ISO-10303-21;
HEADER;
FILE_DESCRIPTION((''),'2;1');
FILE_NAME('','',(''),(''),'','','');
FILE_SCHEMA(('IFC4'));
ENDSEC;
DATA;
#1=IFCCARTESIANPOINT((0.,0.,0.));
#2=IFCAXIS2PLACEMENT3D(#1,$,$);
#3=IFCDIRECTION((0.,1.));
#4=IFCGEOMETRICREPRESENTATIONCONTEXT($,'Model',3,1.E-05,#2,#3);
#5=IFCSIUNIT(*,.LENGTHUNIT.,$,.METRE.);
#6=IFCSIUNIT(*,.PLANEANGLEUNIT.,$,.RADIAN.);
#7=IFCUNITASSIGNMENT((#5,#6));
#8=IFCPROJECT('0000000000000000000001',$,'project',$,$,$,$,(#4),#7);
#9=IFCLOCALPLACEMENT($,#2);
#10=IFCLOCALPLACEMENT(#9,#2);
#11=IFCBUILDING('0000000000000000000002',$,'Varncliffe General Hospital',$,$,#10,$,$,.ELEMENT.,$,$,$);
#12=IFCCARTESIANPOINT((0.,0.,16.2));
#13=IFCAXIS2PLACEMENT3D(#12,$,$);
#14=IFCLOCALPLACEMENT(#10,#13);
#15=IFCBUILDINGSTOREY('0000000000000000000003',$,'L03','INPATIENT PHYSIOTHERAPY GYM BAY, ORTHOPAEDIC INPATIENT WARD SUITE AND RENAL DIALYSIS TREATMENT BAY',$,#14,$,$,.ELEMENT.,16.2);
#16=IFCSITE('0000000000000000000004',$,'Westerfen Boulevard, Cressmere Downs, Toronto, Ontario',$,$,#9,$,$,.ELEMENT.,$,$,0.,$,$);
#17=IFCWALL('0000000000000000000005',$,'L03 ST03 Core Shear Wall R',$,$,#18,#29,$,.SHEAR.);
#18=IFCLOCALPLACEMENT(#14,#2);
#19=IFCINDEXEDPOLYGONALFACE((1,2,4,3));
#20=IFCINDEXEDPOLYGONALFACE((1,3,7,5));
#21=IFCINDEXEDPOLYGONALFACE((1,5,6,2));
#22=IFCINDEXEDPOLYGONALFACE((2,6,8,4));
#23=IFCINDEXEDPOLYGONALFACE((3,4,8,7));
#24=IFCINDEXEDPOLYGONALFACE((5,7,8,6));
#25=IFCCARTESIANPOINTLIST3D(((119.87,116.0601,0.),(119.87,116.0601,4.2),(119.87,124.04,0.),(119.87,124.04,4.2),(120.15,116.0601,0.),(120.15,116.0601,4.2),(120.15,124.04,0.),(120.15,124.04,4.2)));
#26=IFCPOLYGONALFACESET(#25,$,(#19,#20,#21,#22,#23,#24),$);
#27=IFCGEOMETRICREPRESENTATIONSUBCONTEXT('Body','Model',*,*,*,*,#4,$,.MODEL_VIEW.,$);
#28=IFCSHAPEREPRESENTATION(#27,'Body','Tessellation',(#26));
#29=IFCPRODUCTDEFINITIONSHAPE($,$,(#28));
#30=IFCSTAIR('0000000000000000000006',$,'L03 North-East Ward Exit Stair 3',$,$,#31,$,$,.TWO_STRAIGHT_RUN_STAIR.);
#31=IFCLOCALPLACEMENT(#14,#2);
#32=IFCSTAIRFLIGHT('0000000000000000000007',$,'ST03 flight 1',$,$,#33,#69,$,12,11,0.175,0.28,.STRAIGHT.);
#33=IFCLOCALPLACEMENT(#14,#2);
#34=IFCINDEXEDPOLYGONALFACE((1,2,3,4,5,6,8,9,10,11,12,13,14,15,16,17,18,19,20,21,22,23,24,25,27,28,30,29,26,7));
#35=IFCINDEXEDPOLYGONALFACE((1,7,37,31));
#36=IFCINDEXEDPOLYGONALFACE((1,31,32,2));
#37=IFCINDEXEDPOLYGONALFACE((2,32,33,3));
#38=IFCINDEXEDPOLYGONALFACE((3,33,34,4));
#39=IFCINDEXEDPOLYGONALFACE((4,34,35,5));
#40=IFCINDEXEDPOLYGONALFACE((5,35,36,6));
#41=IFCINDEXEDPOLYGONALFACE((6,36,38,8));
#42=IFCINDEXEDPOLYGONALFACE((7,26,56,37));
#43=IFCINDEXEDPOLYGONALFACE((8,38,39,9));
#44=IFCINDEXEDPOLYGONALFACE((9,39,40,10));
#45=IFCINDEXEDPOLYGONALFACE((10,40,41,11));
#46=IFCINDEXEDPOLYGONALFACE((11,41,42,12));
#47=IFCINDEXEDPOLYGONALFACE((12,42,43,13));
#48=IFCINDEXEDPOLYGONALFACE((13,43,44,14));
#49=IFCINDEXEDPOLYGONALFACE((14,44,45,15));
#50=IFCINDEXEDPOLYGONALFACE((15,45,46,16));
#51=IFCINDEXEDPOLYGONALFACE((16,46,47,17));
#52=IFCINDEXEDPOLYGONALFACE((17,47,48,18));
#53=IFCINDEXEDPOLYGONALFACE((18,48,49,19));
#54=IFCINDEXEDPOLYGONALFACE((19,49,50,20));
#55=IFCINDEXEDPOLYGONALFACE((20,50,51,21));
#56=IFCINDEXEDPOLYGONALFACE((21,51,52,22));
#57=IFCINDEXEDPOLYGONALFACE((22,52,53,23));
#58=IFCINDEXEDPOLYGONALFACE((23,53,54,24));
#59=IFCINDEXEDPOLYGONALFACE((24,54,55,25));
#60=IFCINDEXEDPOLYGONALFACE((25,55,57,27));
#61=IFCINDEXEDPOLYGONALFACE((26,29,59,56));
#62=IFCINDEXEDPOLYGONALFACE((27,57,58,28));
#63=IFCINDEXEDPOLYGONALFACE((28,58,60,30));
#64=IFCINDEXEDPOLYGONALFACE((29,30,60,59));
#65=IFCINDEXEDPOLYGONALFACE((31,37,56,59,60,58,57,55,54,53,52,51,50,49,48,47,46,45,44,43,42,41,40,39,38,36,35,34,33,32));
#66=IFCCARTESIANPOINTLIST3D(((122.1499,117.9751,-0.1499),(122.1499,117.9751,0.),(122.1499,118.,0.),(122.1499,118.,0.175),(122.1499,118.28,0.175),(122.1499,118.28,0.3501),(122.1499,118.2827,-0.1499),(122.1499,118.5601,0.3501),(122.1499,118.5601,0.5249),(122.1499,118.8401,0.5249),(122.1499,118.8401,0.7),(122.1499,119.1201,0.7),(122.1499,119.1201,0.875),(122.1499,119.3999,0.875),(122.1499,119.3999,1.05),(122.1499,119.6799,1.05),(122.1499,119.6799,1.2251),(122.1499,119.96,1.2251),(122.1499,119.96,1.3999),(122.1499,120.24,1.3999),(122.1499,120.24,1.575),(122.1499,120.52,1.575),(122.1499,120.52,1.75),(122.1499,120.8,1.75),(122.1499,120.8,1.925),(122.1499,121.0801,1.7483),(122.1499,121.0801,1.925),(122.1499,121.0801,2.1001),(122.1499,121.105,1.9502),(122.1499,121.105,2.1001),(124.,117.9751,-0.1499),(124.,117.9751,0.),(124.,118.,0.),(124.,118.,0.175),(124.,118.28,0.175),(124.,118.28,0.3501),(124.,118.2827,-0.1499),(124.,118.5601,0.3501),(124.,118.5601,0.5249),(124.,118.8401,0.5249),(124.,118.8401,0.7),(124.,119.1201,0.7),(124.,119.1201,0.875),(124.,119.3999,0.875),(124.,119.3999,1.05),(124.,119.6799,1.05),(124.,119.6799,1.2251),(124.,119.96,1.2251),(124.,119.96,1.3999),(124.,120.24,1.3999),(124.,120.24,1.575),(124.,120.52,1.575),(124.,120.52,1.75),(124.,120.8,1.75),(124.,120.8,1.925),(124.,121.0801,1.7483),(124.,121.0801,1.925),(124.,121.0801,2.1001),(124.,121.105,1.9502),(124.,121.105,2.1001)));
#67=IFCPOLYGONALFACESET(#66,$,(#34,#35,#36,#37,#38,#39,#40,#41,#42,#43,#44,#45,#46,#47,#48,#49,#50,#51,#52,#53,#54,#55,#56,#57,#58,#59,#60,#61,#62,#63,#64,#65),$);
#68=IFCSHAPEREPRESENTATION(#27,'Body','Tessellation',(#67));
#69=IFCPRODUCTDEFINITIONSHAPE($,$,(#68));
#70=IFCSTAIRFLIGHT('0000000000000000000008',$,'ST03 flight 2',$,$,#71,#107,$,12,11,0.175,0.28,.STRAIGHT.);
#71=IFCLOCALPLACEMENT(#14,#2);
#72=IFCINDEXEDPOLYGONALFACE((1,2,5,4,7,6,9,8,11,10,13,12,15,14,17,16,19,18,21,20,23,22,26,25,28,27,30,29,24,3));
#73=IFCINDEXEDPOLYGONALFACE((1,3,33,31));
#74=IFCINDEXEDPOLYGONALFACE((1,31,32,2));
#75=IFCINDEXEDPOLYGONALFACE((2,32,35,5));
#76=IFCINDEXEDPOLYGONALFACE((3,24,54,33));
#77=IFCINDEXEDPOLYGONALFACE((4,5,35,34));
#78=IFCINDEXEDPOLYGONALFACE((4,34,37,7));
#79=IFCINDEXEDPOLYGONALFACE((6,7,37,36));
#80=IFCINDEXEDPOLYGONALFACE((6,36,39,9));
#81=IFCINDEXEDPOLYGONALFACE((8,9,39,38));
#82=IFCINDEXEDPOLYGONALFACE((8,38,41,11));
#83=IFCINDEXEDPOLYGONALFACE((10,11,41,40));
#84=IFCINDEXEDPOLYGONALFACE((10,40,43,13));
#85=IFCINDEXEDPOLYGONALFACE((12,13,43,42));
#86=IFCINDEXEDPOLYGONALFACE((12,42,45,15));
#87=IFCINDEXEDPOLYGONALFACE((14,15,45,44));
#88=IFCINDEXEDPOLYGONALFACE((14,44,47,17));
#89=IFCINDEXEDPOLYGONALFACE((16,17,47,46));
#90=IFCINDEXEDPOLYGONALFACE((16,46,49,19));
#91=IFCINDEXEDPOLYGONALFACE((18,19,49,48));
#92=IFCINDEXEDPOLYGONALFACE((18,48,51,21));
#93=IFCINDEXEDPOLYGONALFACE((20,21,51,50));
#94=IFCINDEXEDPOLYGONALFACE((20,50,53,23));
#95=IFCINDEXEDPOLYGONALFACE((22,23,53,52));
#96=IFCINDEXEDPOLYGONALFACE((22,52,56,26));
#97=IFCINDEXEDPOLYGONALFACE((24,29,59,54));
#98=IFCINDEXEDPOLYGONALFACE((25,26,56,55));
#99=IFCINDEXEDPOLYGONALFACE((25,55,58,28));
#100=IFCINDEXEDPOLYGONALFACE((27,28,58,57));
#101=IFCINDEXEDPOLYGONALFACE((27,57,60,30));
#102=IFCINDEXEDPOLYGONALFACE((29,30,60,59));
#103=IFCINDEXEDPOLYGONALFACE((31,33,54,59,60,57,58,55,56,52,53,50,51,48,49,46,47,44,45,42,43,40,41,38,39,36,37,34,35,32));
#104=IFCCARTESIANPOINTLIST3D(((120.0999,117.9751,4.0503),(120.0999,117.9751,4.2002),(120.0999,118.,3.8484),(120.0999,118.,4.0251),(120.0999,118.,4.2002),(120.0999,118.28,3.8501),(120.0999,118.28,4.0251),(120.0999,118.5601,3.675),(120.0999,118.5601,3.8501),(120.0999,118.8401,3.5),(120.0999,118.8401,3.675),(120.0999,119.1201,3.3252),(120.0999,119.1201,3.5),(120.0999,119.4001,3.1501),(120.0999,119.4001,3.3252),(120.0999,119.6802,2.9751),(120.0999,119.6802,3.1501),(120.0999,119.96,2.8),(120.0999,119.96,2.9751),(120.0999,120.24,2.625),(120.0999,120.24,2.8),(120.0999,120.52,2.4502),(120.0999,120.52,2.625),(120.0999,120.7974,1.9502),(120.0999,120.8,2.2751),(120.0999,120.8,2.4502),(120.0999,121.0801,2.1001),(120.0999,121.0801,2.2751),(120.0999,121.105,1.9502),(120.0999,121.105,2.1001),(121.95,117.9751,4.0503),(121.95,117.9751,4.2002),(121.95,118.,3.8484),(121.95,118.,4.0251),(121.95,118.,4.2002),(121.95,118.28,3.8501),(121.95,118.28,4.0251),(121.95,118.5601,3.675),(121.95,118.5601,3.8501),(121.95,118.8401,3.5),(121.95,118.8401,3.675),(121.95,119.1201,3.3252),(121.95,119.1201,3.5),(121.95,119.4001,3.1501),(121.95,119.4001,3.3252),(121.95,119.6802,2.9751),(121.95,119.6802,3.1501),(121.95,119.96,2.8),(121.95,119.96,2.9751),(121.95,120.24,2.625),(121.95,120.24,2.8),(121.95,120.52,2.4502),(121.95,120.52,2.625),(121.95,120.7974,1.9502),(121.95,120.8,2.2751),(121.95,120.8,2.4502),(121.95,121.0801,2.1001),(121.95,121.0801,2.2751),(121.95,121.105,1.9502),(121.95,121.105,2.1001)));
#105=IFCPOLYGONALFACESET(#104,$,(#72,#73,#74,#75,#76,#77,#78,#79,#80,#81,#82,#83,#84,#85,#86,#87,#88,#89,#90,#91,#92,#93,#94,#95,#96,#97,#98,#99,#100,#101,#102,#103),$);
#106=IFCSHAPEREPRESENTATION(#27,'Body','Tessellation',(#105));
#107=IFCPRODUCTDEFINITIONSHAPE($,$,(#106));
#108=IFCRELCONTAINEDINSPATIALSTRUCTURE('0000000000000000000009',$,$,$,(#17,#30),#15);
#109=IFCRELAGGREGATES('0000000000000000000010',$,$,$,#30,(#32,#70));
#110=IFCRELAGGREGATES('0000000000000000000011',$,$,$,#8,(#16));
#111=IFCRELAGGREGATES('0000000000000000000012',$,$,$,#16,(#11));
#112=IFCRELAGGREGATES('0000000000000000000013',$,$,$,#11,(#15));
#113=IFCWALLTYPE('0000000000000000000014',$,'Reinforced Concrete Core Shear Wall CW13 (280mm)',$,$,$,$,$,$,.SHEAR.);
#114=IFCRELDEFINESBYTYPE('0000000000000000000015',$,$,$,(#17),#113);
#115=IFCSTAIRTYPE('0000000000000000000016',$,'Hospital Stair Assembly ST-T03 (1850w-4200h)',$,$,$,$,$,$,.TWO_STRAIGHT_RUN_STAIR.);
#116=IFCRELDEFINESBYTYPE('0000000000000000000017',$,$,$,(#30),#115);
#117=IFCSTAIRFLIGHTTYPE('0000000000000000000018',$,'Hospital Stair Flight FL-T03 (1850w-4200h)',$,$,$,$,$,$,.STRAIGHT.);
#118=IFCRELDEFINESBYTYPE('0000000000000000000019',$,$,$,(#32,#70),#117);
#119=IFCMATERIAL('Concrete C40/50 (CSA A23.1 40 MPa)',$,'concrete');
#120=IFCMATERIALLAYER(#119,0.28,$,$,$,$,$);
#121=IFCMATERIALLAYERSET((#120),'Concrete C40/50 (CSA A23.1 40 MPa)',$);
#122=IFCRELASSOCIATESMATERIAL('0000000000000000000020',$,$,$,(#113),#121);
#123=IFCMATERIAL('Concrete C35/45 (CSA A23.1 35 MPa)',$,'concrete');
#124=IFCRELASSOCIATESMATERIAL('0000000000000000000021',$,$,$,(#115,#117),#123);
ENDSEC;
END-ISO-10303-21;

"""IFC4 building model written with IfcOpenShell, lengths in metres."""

from ifc_helpers import new_model, si_unit, direction, frame, frame_2d, origin, place, context, subcontext, project, spatial, polyline, rectangle, outline, extrude, material, layer, layer_set, type_object, element, aggregate, save


model = new_model("IFC4")

# Units and contexts
model_context = context("Model", 3, precision=1e-05, world=origin(), true_north=direction((0.0, 1.0)))
body_context = subcontext(model_context, "Body", "Model", "MODEL_VIEW")
ifc_project = project(units=[si_unit("LENGTHUNIT", "METRE"), si_unit("PLANEANGLEUNIT", "RADIAN")], contexts=[model_context])

# Site, building, storey
site_placement = place(None, origin())
site = spatial("IfcSite", under=ifc_project, at=site_placement, Name="Westerfen Boulevard, Cressmere Downs, Toronto, Ontario", CompositionType="ELEMENT", RefElevation=0.0)
building_placement = place(site_placement, origin())
building = spatial("IfcBuilding", under=site, at=building_placement, Name="Varncliffe General Hospital", CompositionType="ELEMENT")
storey_placement = place(building_placement, frame((0.0, 0.0, 16.2)))
storey = spatial("IfcBuildingStorey", under=building, at=storey_placement, Name="L03", Description="INPATIENT PHYSIOTHERAPY GYM BAY, ORTHOPAEDIC INPATIENT WARD SUITE AND RENAL DIALYSIS TREATMENT BAY", CompositionType="ELEMENT", Elevation=16.2)

# Shared definitions
ifc_material_1 = material(Name="Concrete C40/50 (CSA A23.1 40 MPa)", Category="concrete")

# Shared definitions
ifc_material_2 = material(Name="Concrete C35/45 (CSA A23.1 35 MPa)", Category="concrete")

# Wall
ifc_layer_1 = layer(ifc_material_1, 0.28)
ifc_layer_set_1 = layer_set([ifc_layer_1], Name="Concrete C40/50 (CSA A23.1 40 MPa)")
wall_type_1 = type_object("IfcWallType", Name="Reinforced Concrete Core Shear Wall CW13 (280mm)", PredefinedType="SHEAR", material=ifc_layer_set_1)
wall_1_placement = place(storey_placement, frame((120.01, 124.04, 0.0), z_axis=(0.0, 0.0, 1.0), x_axis=(0.0, -1.0, 0.0)))
element("IfcWall", 1, at=wall_1_placement, inside=storey, type_object=wall_type_1, Name="L03 ST03 Core Shear Wall R", PredefinedType="SHEAR", context=body_context, shape_type="SweptSolid", body=[
    extrude(rectangle(XDim=7.98, YDim=0.28, at=frame_2d((3.99, 0.0))), origin(), (0.0, 0.0, 1.0), 4.2),
])

# Stair, stair flights
stair_type = type_object("IfcStairType", Name="Hospital Stair Assembly ST-T03 (1850w-4200h)", PredefinedType="TWO_STRAIGHT_RUN_STAIR", material=ifc_material_2)
stair_placement = place(storey_placement, origin())
stair = element("IfcStair", 2, at=stair_placement, inside=storey, type_object=stair_type, Name="L03 North-East Ward Exit Stair 3", PredefinedType="TWO_STRAIGHT_RUN_STAIR")
stair_flight_type = type_object("IfcStairFlightType", Name="Hospital Stair Flight FL-T03 (1850w-4200h)", PredefinedType="STRAIGHT", material=ifc_material_2)
stair_flight_1_placement = place(storey_placement, frame((123.075, 118.0, 0.0), z_axis=(0.0, 0.0, 1.0), x_axis=(0.0, 1.0, 0.0)))
stair_flight_1 = element("IfcStairFlight", 3, at=stair_flight_1_placement, type_object=stair_flight_type, Name="ST03 flight 1", NumberOfRisers=12, NumberOfTreads=11, PredefinedType="STRAIGHT", RiserHeight=0.175, TreadLength=0.28, context=body_context, shape_type="SweptSolid", body=[
    extrude(outline(polyline([(-0.0249, -0.1499), (-0.0249, 0.0), (0.0, 0.0), (0.0, 0.175), (0.28, 0.175), (0.28, 0.3501), (0.5601, 0.3501), (0.5601, 0.5249), (0.8401, 0.5249), (0.8401, 0.7), (1.1201, 0.7), (1.1201, 0.875), (1.3999, 0.875), (1.3999, 1.05), (1.6799, 1.05), (1.6799, 1.2251), (1.96, 1.2251), (1.96, 1.3999), (2.24, 1.3999), (2.24, 1.575), (2.52, 1.575), (2.52, 1.75), (2.8, 1.75), (2.8, 1.925), (3.0801, 1.925), (3.0801, 2.1001), (3.105, 2.1001), (3.105, 1.9502), (3.0801, 1.7483), (0.2827, -0.1499), (-0.0249, -0.1499)])), frame((0.0, 0.925, 0.0), z_axis=(0.0, -1.0, 0.0), x_axis=(1.0, 0.0, 0.0)), (0.0, 0.0, 1.0), 1.8501),
])
stair_flight_2_placement = place(storey_placement, frame((121.0249, 121.0801, 2.1001), z_axis=(0.0, 0.0, 1.0), x_axis=(0.0, -1.0, 0.0)))
stair_flight_2 = element("IfcStairFlight", 4, at=stair_flight_2_placement, type_object=stair_flight_type, Name="ST03 flight 2", NumberOfRisers=12, NumberOfTreads=11, PredefinedType="STRAIGHT", RiserHeight=0.175, TreadLength=0.28, context=body_context, shape_type="SweptSolid", body=[
    extrude(outline(polyline([(-0.0249, -0.1499), (-0.0249, 0.0), (0.0, 0.0), (0.0, 0.175), (0.28, 0.175), (0.28, 0.3501), (0.5601, 0.3501), (0.5601, 0.5249), (0.8401, 0.5249), (0.8401, 0.7), (1.1201, 0.7), (1.1201, 0.875), (1.3999, 0.875), (1.3999, 1.05), (1.6799, 1.05), (1.6799, 1.2251), (1.96, 1.2251), (1.96, 1.3999), (2.24, 1.3999), (2.24, 1.575), (2.52, 1.575), (2.52, 1.75), (2.8, 1.75), (2.8, 1.925), (3.0801, 1.925), (3.0801, 2.1001), (3.105, 2.1001), (3.105, 1.9502), (3.0801, 1.7483), (0.2827, -0.1499), (-0.0249, -0.1499)])), frame((0.0, 0.925, 0.0), z_axis=(0.0, -1.0, 0.0), x_axis=(1.0, 0.0, 0.0)), (0.0, 0.0, 1.0), 1.8501),
])
aggregate(stair, [stair_flight_1, stair_flight_2])

save(model, "model.ifc")
